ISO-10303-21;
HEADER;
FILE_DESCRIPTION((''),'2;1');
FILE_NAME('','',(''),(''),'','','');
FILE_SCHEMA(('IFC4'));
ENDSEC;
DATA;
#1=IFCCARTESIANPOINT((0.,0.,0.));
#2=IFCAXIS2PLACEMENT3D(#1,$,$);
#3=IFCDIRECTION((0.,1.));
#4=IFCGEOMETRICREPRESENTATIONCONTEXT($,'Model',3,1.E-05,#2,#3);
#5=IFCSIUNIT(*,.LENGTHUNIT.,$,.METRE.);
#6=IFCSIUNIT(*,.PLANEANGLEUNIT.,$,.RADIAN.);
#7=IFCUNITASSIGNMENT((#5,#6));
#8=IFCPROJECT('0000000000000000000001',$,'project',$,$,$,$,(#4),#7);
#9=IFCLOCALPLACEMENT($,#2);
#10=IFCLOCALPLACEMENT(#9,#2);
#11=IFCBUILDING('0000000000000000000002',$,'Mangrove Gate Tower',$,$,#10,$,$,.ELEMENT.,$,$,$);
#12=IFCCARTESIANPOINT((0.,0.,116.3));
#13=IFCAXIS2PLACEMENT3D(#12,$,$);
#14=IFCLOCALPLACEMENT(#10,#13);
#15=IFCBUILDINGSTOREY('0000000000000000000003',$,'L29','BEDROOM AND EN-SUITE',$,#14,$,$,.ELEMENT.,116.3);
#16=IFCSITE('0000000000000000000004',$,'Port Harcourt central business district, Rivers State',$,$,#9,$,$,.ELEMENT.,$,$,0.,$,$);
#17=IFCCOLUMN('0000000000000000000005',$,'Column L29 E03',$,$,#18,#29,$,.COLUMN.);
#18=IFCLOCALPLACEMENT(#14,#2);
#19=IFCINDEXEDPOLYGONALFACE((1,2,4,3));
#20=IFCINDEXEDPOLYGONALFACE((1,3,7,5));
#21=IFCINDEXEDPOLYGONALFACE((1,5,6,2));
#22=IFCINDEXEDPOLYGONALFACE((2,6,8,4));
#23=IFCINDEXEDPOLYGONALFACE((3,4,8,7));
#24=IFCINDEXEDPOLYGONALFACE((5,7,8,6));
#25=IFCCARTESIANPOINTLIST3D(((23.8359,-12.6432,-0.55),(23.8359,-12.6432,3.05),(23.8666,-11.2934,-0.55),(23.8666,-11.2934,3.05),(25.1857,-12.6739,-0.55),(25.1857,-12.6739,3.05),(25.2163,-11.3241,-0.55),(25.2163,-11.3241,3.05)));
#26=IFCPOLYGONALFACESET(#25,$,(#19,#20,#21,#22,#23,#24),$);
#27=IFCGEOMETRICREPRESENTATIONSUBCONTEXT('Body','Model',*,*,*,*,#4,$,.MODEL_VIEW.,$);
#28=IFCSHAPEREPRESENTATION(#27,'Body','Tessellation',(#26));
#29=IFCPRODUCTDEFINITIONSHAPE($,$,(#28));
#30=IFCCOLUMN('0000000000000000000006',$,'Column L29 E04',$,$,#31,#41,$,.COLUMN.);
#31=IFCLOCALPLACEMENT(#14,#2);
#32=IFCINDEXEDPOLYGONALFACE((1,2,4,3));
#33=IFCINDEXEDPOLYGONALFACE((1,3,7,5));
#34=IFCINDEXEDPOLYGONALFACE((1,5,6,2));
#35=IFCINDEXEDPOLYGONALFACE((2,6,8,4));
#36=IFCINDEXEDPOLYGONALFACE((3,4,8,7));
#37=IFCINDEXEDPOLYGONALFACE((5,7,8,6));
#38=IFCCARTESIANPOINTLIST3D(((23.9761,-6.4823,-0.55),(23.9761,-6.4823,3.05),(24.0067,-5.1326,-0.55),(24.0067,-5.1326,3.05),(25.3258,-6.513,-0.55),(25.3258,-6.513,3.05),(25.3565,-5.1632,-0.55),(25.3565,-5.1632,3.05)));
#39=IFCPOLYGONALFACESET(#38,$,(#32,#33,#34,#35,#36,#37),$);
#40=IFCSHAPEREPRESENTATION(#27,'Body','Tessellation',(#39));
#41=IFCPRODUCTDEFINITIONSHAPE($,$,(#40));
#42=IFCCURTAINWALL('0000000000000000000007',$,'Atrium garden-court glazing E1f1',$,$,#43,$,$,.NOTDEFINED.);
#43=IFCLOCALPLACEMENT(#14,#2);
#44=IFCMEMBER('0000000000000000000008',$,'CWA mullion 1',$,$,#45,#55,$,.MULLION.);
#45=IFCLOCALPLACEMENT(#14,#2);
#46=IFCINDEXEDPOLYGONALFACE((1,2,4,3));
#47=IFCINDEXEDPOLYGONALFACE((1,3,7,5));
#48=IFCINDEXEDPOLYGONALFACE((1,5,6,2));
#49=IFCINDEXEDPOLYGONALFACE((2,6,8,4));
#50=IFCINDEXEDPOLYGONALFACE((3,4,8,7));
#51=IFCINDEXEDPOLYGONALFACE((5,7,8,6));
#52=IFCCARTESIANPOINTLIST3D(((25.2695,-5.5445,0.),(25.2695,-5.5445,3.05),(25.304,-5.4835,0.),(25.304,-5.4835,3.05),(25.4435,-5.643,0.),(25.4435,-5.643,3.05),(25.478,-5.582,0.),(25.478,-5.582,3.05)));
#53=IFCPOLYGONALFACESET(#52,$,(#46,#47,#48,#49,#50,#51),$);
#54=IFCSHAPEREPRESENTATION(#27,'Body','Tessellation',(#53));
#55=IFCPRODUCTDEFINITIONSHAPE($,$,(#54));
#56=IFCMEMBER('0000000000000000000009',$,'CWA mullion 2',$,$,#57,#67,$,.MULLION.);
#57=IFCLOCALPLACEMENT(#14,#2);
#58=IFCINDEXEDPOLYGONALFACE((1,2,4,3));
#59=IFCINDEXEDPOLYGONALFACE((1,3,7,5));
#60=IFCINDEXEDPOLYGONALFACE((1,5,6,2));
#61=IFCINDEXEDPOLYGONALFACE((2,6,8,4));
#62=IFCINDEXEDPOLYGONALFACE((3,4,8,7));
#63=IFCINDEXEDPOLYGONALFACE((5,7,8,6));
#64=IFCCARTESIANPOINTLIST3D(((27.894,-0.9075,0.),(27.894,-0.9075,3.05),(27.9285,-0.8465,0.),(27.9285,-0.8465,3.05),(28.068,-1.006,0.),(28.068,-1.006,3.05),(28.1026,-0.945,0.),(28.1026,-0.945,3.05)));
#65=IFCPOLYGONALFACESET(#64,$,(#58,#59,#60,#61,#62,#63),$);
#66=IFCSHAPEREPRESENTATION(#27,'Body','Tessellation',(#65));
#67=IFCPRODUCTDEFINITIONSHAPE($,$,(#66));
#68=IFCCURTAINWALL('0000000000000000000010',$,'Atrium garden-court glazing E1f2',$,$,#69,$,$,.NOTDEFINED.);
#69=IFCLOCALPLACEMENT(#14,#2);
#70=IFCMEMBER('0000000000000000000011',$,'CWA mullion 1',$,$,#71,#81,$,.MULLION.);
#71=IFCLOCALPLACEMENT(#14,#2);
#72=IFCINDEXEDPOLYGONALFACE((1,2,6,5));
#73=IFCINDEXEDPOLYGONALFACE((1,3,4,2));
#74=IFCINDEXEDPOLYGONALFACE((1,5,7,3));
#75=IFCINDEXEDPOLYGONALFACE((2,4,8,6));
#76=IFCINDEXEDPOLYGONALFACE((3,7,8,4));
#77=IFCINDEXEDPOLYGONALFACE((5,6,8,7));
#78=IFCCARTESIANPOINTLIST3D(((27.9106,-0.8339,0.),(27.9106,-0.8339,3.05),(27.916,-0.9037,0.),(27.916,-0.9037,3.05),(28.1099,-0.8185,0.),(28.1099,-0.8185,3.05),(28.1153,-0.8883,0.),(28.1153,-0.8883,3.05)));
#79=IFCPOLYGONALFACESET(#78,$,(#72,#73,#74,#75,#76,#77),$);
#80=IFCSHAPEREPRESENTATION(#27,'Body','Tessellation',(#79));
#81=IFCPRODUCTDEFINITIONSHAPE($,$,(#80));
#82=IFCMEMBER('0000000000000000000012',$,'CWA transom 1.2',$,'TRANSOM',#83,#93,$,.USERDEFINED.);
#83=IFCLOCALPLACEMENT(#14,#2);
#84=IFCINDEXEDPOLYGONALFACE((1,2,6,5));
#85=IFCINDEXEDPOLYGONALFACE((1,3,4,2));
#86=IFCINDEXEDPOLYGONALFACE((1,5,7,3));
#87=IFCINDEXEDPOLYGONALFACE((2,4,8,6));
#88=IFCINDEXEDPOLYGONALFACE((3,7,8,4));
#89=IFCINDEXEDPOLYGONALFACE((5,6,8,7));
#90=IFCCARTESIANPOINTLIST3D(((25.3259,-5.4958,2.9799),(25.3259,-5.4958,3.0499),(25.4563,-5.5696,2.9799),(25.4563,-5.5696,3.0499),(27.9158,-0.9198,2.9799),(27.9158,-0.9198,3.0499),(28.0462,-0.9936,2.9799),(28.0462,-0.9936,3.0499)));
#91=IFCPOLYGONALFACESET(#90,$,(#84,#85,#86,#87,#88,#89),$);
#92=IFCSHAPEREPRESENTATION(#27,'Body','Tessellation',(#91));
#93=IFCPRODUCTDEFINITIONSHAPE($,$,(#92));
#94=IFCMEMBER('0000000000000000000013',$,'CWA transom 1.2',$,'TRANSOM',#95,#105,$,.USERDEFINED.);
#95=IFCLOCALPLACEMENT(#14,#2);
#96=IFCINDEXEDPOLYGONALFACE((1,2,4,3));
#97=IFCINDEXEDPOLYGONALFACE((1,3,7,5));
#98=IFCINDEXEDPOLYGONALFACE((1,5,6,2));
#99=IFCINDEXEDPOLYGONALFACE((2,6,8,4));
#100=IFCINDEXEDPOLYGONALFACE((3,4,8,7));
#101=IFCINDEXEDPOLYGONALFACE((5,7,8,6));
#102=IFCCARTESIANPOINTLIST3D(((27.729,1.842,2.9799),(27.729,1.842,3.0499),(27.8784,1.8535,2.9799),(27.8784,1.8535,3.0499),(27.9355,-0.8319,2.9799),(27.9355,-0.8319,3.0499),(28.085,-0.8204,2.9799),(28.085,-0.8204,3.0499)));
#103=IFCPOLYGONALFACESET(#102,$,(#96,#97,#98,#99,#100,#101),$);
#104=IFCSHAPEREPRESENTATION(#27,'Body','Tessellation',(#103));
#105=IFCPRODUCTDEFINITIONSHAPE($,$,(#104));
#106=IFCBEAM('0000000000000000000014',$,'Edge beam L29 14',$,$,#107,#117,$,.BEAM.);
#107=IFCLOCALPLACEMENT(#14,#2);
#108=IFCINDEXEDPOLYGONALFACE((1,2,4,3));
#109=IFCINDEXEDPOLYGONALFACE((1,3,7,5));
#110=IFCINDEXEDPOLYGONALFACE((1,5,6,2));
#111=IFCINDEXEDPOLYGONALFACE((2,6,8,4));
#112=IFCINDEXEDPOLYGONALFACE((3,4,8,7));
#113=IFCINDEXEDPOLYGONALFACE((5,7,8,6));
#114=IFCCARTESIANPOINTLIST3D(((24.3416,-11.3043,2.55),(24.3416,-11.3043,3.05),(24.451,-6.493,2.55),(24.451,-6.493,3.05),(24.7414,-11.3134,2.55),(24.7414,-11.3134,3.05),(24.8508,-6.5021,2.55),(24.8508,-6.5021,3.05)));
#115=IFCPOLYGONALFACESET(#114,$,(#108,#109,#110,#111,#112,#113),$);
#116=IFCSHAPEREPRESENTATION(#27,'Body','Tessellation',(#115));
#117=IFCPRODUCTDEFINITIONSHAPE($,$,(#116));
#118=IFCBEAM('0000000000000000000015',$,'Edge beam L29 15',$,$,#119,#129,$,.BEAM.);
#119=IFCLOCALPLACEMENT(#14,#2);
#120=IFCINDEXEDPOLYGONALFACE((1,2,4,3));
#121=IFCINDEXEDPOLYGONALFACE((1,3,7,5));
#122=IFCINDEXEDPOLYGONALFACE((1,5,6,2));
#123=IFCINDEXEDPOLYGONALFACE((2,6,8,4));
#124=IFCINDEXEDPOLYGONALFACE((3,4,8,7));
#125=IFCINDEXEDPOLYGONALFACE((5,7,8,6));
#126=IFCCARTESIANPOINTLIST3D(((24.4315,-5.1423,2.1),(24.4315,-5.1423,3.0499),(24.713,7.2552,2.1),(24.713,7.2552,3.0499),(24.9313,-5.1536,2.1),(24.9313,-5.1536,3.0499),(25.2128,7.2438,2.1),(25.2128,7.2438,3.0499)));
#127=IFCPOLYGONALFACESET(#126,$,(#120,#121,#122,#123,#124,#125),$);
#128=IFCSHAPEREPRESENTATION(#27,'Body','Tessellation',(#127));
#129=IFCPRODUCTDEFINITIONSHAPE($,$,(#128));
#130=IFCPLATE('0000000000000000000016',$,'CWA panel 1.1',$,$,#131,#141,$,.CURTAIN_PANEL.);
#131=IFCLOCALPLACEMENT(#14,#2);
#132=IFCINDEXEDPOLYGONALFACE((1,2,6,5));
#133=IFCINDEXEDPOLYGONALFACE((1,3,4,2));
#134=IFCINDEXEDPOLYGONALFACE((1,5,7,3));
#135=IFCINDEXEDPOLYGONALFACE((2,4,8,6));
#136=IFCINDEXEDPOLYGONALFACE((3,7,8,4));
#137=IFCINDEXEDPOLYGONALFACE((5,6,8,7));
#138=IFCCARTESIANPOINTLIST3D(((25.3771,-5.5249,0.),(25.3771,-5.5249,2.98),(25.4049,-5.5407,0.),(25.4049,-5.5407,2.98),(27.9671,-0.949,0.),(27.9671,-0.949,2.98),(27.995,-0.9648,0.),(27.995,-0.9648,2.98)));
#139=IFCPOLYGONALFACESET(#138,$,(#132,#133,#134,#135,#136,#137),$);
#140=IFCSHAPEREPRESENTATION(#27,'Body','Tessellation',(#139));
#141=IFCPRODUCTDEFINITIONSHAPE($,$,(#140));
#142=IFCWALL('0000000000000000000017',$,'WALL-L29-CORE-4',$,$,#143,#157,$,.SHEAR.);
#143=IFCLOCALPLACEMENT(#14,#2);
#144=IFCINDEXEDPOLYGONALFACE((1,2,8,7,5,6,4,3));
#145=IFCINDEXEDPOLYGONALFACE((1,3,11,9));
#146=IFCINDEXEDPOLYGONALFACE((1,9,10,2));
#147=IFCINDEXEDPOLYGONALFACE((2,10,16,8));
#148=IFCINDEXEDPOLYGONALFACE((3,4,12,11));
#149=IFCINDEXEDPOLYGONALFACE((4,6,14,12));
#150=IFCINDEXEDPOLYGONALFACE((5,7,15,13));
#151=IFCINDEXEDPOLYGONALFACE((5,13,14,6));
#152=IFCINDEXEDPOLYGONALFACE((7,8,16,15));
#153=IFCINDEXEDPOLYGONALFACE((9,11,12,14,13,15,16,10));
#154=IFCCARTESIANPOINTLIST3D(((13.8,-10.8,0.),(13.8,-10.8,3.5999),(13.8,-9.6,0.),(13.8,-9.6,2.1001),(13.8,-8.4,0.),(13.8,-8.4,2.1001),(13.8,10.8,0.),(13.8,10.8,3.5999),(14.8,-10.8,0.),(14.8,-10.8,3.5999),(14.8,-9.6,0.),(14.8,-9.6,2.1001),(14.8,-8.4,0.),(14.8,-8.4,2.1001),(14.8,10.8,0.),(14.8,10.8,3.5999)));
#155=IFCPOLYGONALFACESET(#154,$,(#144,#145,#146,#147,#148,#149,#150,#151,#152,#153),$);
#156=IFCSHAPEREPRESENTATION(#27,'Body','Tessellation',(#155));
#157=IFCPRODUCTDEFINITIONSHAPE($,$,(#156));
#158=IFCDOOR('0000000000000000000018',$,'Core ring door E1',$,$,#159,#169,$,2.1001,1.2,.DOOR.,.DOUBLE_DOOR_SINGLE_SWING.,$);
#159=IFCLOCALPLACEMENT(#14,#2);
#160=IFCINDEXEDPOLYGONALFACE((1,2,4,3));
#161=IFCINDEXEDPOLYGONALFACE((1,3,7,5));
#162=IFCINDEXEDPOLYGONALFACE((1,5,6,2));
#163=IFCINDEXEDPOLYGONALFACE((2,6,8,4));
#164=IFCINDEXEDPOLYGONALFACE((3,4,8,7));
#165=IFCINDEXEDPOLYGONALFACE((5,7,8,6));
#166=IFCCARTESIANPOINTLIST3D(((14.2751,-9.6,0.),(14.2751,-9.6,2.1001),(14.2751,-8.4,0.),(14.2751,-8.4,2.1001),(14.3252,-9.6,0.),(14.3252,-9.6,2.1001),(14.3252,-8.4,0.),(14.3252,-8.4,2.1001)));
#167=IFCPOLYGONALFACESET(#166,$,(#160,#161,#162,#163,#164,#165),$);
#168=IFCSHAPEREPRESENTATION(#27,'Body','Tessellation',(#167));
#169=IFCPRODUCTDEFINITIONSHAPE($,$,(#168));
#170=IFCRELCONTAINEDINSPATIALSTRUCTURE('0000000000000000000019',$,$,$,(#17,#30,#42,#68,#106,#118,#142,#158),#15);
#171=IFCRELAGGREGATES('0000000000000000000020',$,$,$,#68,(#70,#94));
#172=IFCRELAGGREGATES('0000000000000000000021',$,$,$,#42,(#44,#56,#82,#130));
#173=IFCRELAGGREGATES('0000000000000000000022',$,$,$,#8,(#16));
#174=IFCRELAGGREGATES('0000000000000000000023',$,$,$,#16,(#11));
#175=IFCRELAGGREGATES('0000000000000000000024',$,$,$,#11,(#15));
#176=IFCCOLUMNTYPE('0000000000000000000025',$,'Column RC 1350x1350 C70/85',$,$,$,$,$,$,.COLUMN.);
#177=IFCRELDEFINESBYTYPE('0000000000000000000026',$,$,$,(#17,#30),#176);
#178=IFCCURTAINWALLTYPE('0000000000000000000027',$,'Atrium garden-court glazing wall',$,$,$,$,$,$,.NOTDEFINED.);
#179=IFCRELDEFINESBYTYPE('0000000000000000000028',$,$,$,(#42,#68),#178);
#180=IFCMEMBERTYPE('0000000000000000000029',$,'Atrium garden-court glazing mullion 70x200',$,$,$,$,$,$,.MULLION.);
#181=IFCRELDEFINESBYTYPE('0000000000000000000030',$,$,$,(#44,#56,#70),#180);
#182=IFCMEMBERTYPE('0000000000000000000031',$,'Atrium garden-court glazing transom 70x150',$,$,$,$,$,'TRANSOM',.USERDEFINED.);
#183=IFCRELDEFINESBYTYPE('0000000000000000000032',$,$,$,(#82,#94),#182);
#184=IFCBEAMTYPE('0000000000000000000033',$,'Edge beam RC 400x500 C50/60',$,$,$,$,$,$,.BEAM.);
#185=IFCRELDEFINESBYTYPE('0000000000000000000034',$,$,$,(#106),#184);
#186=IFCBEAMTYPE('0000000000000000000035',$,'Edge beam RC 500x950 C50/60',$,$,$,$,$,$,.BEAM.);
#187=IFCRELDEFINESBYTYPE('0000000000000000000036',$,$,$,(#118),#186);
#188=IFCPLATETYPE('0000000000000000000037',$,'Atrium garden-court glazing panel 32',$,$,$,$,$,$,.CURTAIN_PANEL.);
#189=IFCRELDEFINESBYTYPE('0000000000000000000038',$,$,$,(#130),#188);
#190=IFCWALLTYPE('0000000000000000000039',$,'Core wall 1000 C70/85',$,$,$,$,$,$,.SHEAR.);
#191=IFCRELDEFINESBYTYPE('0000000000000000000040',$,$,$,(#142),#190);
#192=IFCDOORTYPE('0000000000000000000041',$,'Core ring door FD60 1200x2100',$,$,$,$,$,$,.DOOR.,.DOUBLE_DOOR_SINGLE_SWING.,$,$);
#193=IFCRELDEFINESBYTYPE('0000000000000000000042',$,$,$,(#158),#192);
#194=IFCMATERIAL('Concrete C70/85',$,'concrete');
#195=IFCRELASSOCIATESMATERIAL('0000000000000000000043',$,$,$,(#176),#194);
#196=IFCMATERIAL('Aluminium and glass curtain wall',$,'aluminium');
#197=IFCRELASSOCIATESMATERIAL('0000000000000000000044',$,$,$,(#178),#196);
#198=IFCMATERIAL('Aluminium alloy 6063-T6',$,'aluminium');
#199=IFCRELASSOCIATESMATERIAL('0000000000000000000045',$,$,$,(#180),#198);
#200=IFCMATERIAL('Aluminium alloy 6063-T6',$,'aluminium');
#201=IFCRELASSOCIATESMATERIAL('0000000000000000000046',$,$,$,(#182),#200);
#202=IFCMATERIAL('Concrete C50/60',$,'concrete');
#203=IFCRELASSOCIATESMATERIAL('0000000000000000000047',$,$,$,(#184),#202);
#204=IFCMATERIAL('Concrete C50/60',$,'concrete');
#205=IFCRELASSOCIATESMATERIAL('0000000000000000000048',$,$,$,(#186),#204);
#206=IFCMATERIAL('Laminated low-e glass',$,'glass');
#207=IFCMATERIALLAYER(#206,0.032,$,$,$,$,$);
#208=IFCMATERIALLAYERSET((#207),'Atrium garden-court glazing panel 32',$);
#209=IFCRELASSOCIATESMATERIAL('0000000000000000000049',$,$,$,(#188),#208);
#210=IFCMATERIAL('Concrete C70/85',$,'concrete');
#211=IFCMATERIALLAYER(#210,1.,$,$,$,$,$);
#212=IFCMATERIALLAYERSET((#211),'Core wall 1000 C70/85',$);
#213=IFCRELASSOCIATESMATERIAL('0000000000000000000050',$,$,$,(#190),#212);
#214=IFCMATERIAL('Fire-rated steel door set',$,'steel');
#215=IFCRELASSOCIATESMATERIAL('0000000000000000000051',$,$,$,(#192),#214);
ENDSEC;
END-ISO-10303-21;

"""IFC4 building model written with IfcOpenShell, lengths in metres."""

from ifc_helpers import new_model, si_unit, direction, frame, frame_2d, origin, origin_2d, place, context, subcontext, project, spatial, rectangle, extrude, material, layer, layer_set, material_profile, profile_set, type_object, element, fill, aggregate, save


model = new_model("IFC4")

# Units and contexts
model_context = context("Model", 3, precision=1e-05, world=origin(), true_north=direction((0.0, 1.0)))
body_context = subcontext(model_context, "Body", "Model", "MODEL_VIEW")
ifc_project = project(units=[si_unit("LENGTHUNIT", "METRE"), si_unit("PLANEANGLEUNIT", "RADIAN")], contexts=[model_context])

# Site, building, storey
site_placement = place(None, origin())
site = spatial("IfcSite", under=ifc_project, at=site_placement, Name="Port Harcourt central business district, Rivers State", CompositionType="ELEMENT", RefElevation=0.0)
building_placement = place(site_placement, origin())
building = spatial("IfcBuilding", under=site, at=building_placement, Name="Mangrove Gate Tower", CompositionType="ELEMENT")
storey_placement = place(building_placement, frame((0.0, 0.0, 116.3)))
storey = spatial("IfcBuildingStorey", under=building, at=storey_placement, Name="L29", Description="BEDROOM AND EN-SUITE", CompositionType="ELEMENT", Elevation=116.3)

# Columns
ifc_material_1 = material(Name="Concrete C70/85", Category="concrete")
ifc_material_profile_1 = material_profile(ifc_material_1, rectangle(XDim=1.3501, YDim=1.3501, at=origin_2d()))
ifc_profile_set_1 = profile_set([ifc_material_profile_1], Name="Concrete C70/85")
column_type = type_object("IfcColumnType", Name="Column RC 1350x1350 C70/85", PredefinedType="COLUMN", material=ifc_profile_set_1)
for number, where, z_axis, x_axis, name in (
    (1, (24.5261, -11.9836, -0.55), (0.0, 0.0, 1.0), (0.022718, 0.999742, 0.0), "Column L29 E03"),
    (2, (24.6663, -5.8228, -0.55), (0.0, 0.0, 1.0), (0.022699, 0.999742, 0.0), "Column L29 E04"),
):
    element("IfcColumn", number, at=place(storey_placement, frame(where, z_axis=z_axis, x_axis=x_axis)), inside=storey, type_object=column_type, Name=name, PredefinedType="COLUMN", context=body_context, shape_type="SweptSolid", body=[
        extrude(rectangle(XDim=1.3501, YDim=1.3501, at=origin_2d()), origin(), (0.0, 0.0, 1.0), 3.6001),
    ])

# Curtain wall, members
ifc_material_2 = material(Name="Aluminium and glass curtain wall", Category="aluminium")
curtain_wall_type = type_object("IfcCurtainWallType", Name="Atrium garden-court glazing wall", PredefinedType="NOTDEFINED", material=ifc_material_2)
curtain_wall_1_placement = place(storey_placement, origin())
curtain_wall_1 = element("IfcCurtainWall", 3, at=curtain_wall_1_placement, inside=storey, type_object=curtain_wall_type, Name="Atrium garden-court glazing E1f1", PredefinedType="NOTDEFINED")
ifc_material_3 = material(Name="Aluminium alloy 6063-T6", Category="aluminium")
ifc_material_profile_2 = material_profile(ifc_material_3, rectangle(XDim=0.0701, YDim=0.2, at=origin_2d()))
ifc_profile_set_2 = profile_set([ifc_material_profile_2], Name="Aluminium alloy 6063-T6")
member_type_1 = type_object("IfcMemberType", Name="Atrium garden-court glazing mullion 70x200", PredefinedType="MULLION", material=ifc_profile_set_2)
member_1_placement = place(storey_placement, frame((25.3738, -5.5632, 0.0), z_axis=(0.0, 0.0, 1.0), x_axis=(0.492585, 0.870265, 0.0)))
member_1 = element("IfcMember", 4, at=member_1_placement, type_object=member_type_1, Name="CWA mullion 1", PredefinedType="MULLION", context=body_context, shape_type="SweptSolid", body=[
    extrude(rectangle(XDim=0.0701, YDim=0.2, at=origin_2d()), origin(), (0.0, 0.0, 1.0), 3.05),
])
member_2_placement = place(storey_placement, frame((27.9983, -0.9263, 0.0), z_axis=(0.0, 0.0, 1.0), x_axis=(0.492585, 0.870265, 0.0)))
member_2 = element("IfcMember", 5, at=member_2_placement, type_object=member_type_1, Name="CWA mullion 2", PredefinedType="MULLION", context=body_context, shape_type="SweptSolid", body=[
    extrude(rectangle(XDim=0.0701, YDim=0.2, at=origin_2d()), origin(), (0.0, 0.0, 1.0), 3.05),
])

# Curtain wall, member
curtain_wall_2_placement = place(storey_placement, origin())
curtain_wall_2 = element("IfcCurtainWall", 6, at=curtain_wall_2_placement, inside=storey, type_object=curtain_wall_type, Name="Atrium garden-court glazing E1f2", PredefinedType="NOTDEFINED")
member_3_placement = place(storey_placement, frame((28.0129, -0.8611, 0.0), z_axis=(0.0, 0.0, 1.0), x_axis=(-0.077023, 0.997029, 0.0)))
member_3 = element("IfcMember", 7, at=member_3_placement, type_object=member_type_1, Name="CWA mullion 1", PredefinedType="MULLION", context=body_context, shape_type="SweptSolid", body=[
    extrude(rectangle(XDim=0.0701, YDim=0.2, at=origin_2d()), origin(), (0.0, 0.0, 1.0), 3.05),
])

# Members
ifc_material_4 = material(Name="Aluminium alloy 6063-T6", Category="aluminium")
ifc_material_profile_3 = material_profile(ifc_material_4, rectangle(XDim=0.0701, YDim=0.1499, at=origin_2d()))
ifc_profile_set_3 = profile_set([ifc_material_profile_3], Name="Aluminium alloy 6063-T6")
member_type_2 = type_object("IfcMemberType", Name="Atrium garden-court glazing transom 70x150", ElementType="TRANSOM", PredefinedType="USERDEFINED", material=ifc_profile_set_3)
member_4_placement = place(storey_placement, frame((25.3911, -5.5327, 3.0149), z_axis=(0.492554, 0.870282, 0.0), x_axis=(0.0, 0.0, 1.0)))
member_4 = element("IfcMember", 8, at=member_4_placement, type_object=member_type_2, Name="CWA transom 1.2", ObjectType="TRANSOM", PredefinedType="USERDEFINED", context=body_context, shape_type="SweptSolid", body=[
    extrude(rectangle(XDim=0.0701, YDim=0.1499, at=origin_2d()), origin(), (0.0, 0.0, 1.0), 5.2581),
])
member_5_placement = place(storey_placement, frame((28.0103, -0.8262, 3.0149), z_axis=(-0.077017, 0.99703, 0.0), x_axis=(0.0, 0.0, 1.0)))
member_5 = element("IfcMember", 9, at=member_5_placement, type_object=member_type_2, Name="CWA transom 1.2", ObjectType="TRANSOM", PredefinedType="USERDEFINED", context=body_context, shape_type="SweptSolid", body=[
    extrude(rectangle(XDim=0.0701, YDim=0.1499, at=origin_2d()), origin(), (0.0, 0.0, 1.0), 2.6819),
])
aggregate(curtain_wall_2, [member_3, member_5])

# Beams
ifc_material_5 = material(Name="Concrete C50/60", Category="concrete")
ifc_material_profile_4 = material_profile(ifc_material_5, rectangle(XDim=0.3999, YDim=0.5, at=origin_2d()))
ifc_profile_set_4 = profile_set([ifc_material_profile_4], Name="Concrete C50/60")
beam_type_1 = type_object("IfcBeamType", Name="Edge beam RC 400x500 C50/60", PredefinedType="BEAM", material=ifc_profile_set_4)
beam_1_placement = place(storey_placement, frame((24.5415, -11.3088, 2.8), z_axis=(0.022727, 0.999742, 0.0), x_axis=(-0.999742, 0.022727, 0.0)))
element("IfcBeam", 10, at=beam_1_placement, inside=storey, type_object=beam_type_1, Name="Edge beam L29 14", PredefinedType="BEAM", context=body_context, shape_type="SweptSolid", body=[
    extrude(rectangle(XDim=0.3999, YDim=0.5, at=origin_2d()), origin(), (0.0, 0.0, 1.0), 4.8125),
])
ifc_material_6 = material(Name="Concrete C50/60", Category="concrete")
ifc_material_profile_5 = material_profile(ifc_material_6, rectangle(XDim=0.5, YDim=0.95, at=origin_2d()))
ifc_profile_set_5 = profile_set([ifc_material_profile_5], Name="Concrete C50/60")
beam_type_2 = type_object("IfcBeamType", Name="Edge beam RC 500x950 C50/60", PredefinedType="BEAM", material=ifc_profile_set_5)
beam_2_placement = place(storey_placement, frame((24.6814, -5.1479, 2.575), z_axis=(0.0227, 0.999742, 0.0), x_axis=(-0.999742, 0.0227, 0.0)))
element("IfcBeam", 11, at=beam_2_placement, inside=storey, type_object=beam_type_2, Name="Edge beam L29 15", PredefinedType="BEAM", context=body_context, shape_type="SweptSolid", body=[
    extrude(rectangle(XDim=0.5, YDim=0.95, at=origin_2d()), origin(), (0.0, 0.0, 1.0), 12.4006),
])

# Plate
ifc_material_7 = material(Name="Laminated low-e glass", Category="glass")
ifc_layer_1 = layer(ifc_material_7, 0.032)
ifc_layer_set_1 = layer_set([ifc_layer_1], Name="Atrium garden-court glazing panel 32")
plate_type = type_object("IfcPlateType", Name="Atrium garden-court glazing panel 32", PredefinedType="CURTAIN_PANEL", material=ifc_layer_set_1)
plate_placement = place(storey_placement, frame((26.686, -3.2449, 0.0), z_axis=(0.0, 0.0, 1.0), x_axis=(0.492585, 0.870265, 0.0)))
plate = element("IfcPlate", 12, at=plate_placement, type_object=plate_type, Name="CWA panel 1.1", PredefinedType="CURTAIN_PANEL", context=body_context, shape_type="SweptSolid", body=[
    extrude(rectangle(XDim=5.2581, YDim=0.032, at=origin_2d()), origin(), (0.0, 0.0, 1.0), 2.98),
])
aggregate(curtain_wall_1, [member_1, member_2, member_4, plate])

# Wall, opening, door
ifc_material_8 = material(Name="Concrete C70/85", Category="concrete")
ifc_layer_2 = layer(ifc_material_8, 1.0)
ifc_layer_set_2 = layer_set([ifc_layer_2], Name="Core wall 1000 C70/85")
wall_type_1 = type_object("IfcWallType", Name="Core wall 1000 C70/85", PredefinedType="SHEAR", material=ifc_layer_set_2)
wall_1_placement = place(storey_placement, frame((14.3, -10.8, 0.0), z_axis=(0.0, 0.0, 1.0), x_axis=(0.0, 1.0, 0.0)))
wall_1 = element("IfcWall", 13, at=wall_1_placement, inside=storey, type_object=wall_type_1, Name="WALL-L29-CORE-4", PredefinedType="SHEAR", context=body_context, shape_type="SweptSolid", body=[
    extrude(rectangle(XDim=21.6001, YDim=1.0, at=frame_2d((10.8, 0.0))), origin(), (0.0, 0.0, 1.0), 3.5999),
])
opening_1_placement = place(wall_1_placement, frame((1.2, 0.0, 0.0)))
opening_1 = element("IfcOpeningElement", 14, at=opening_1_placement, cuts=wall_1, PredefinedType="OPENING", context=body_context, shape_type="SweptSolid", body=[
    extrude(rectangle(XDim=1.2, YDim=2.1001, at=frame_2d((0.6001, 1.05))), frame((0.0, 0.51, 0.0), z_axis=(0.0, -1.0, 0.0), x_axis=(1.0, 0.0, 0.0)), (0.0, 0.0, 1.0), 1.02),
])
ifc_material_9 = material(Name="Fire-rated steel door set", Category="steel")
door_type_1 = type_object("IfcDoorType", Name="Core ring door FD60 1200x2100", OperationType="DOUBLE_DOOR_SINGLE_SWING", PredefinedType="DOOR", material=ifc_material_9)
door_1_placement = place(opening_1_placement, origin())
door_1 = element("IfcDoor", 15, at=door_1_placement, inside=storey, type_object=door_type_1, Name="Core ring door E1", OperationType="DOUBLE_DOOR_SINGLE_SWING", OverallHeight=2.1001, OverallWidth=1.2, PredefinedType="DOOR", context=body_context, shape_type="SweptSolid", body=[
    extrude(rectangle(XDim=1.2, YDim=2.1001, at=frame_2d((0.6001, 1.05))), frame((0.0, 0.0249, 0.0), z_axis=(0.0, -1.0, 0.0), x_axis=(1.0, 0.0, 0.0)), (0.0, 0.0, 1.0), 0.05),
])
fill(opening_1, door_1)

save(model, "model.ifc")
